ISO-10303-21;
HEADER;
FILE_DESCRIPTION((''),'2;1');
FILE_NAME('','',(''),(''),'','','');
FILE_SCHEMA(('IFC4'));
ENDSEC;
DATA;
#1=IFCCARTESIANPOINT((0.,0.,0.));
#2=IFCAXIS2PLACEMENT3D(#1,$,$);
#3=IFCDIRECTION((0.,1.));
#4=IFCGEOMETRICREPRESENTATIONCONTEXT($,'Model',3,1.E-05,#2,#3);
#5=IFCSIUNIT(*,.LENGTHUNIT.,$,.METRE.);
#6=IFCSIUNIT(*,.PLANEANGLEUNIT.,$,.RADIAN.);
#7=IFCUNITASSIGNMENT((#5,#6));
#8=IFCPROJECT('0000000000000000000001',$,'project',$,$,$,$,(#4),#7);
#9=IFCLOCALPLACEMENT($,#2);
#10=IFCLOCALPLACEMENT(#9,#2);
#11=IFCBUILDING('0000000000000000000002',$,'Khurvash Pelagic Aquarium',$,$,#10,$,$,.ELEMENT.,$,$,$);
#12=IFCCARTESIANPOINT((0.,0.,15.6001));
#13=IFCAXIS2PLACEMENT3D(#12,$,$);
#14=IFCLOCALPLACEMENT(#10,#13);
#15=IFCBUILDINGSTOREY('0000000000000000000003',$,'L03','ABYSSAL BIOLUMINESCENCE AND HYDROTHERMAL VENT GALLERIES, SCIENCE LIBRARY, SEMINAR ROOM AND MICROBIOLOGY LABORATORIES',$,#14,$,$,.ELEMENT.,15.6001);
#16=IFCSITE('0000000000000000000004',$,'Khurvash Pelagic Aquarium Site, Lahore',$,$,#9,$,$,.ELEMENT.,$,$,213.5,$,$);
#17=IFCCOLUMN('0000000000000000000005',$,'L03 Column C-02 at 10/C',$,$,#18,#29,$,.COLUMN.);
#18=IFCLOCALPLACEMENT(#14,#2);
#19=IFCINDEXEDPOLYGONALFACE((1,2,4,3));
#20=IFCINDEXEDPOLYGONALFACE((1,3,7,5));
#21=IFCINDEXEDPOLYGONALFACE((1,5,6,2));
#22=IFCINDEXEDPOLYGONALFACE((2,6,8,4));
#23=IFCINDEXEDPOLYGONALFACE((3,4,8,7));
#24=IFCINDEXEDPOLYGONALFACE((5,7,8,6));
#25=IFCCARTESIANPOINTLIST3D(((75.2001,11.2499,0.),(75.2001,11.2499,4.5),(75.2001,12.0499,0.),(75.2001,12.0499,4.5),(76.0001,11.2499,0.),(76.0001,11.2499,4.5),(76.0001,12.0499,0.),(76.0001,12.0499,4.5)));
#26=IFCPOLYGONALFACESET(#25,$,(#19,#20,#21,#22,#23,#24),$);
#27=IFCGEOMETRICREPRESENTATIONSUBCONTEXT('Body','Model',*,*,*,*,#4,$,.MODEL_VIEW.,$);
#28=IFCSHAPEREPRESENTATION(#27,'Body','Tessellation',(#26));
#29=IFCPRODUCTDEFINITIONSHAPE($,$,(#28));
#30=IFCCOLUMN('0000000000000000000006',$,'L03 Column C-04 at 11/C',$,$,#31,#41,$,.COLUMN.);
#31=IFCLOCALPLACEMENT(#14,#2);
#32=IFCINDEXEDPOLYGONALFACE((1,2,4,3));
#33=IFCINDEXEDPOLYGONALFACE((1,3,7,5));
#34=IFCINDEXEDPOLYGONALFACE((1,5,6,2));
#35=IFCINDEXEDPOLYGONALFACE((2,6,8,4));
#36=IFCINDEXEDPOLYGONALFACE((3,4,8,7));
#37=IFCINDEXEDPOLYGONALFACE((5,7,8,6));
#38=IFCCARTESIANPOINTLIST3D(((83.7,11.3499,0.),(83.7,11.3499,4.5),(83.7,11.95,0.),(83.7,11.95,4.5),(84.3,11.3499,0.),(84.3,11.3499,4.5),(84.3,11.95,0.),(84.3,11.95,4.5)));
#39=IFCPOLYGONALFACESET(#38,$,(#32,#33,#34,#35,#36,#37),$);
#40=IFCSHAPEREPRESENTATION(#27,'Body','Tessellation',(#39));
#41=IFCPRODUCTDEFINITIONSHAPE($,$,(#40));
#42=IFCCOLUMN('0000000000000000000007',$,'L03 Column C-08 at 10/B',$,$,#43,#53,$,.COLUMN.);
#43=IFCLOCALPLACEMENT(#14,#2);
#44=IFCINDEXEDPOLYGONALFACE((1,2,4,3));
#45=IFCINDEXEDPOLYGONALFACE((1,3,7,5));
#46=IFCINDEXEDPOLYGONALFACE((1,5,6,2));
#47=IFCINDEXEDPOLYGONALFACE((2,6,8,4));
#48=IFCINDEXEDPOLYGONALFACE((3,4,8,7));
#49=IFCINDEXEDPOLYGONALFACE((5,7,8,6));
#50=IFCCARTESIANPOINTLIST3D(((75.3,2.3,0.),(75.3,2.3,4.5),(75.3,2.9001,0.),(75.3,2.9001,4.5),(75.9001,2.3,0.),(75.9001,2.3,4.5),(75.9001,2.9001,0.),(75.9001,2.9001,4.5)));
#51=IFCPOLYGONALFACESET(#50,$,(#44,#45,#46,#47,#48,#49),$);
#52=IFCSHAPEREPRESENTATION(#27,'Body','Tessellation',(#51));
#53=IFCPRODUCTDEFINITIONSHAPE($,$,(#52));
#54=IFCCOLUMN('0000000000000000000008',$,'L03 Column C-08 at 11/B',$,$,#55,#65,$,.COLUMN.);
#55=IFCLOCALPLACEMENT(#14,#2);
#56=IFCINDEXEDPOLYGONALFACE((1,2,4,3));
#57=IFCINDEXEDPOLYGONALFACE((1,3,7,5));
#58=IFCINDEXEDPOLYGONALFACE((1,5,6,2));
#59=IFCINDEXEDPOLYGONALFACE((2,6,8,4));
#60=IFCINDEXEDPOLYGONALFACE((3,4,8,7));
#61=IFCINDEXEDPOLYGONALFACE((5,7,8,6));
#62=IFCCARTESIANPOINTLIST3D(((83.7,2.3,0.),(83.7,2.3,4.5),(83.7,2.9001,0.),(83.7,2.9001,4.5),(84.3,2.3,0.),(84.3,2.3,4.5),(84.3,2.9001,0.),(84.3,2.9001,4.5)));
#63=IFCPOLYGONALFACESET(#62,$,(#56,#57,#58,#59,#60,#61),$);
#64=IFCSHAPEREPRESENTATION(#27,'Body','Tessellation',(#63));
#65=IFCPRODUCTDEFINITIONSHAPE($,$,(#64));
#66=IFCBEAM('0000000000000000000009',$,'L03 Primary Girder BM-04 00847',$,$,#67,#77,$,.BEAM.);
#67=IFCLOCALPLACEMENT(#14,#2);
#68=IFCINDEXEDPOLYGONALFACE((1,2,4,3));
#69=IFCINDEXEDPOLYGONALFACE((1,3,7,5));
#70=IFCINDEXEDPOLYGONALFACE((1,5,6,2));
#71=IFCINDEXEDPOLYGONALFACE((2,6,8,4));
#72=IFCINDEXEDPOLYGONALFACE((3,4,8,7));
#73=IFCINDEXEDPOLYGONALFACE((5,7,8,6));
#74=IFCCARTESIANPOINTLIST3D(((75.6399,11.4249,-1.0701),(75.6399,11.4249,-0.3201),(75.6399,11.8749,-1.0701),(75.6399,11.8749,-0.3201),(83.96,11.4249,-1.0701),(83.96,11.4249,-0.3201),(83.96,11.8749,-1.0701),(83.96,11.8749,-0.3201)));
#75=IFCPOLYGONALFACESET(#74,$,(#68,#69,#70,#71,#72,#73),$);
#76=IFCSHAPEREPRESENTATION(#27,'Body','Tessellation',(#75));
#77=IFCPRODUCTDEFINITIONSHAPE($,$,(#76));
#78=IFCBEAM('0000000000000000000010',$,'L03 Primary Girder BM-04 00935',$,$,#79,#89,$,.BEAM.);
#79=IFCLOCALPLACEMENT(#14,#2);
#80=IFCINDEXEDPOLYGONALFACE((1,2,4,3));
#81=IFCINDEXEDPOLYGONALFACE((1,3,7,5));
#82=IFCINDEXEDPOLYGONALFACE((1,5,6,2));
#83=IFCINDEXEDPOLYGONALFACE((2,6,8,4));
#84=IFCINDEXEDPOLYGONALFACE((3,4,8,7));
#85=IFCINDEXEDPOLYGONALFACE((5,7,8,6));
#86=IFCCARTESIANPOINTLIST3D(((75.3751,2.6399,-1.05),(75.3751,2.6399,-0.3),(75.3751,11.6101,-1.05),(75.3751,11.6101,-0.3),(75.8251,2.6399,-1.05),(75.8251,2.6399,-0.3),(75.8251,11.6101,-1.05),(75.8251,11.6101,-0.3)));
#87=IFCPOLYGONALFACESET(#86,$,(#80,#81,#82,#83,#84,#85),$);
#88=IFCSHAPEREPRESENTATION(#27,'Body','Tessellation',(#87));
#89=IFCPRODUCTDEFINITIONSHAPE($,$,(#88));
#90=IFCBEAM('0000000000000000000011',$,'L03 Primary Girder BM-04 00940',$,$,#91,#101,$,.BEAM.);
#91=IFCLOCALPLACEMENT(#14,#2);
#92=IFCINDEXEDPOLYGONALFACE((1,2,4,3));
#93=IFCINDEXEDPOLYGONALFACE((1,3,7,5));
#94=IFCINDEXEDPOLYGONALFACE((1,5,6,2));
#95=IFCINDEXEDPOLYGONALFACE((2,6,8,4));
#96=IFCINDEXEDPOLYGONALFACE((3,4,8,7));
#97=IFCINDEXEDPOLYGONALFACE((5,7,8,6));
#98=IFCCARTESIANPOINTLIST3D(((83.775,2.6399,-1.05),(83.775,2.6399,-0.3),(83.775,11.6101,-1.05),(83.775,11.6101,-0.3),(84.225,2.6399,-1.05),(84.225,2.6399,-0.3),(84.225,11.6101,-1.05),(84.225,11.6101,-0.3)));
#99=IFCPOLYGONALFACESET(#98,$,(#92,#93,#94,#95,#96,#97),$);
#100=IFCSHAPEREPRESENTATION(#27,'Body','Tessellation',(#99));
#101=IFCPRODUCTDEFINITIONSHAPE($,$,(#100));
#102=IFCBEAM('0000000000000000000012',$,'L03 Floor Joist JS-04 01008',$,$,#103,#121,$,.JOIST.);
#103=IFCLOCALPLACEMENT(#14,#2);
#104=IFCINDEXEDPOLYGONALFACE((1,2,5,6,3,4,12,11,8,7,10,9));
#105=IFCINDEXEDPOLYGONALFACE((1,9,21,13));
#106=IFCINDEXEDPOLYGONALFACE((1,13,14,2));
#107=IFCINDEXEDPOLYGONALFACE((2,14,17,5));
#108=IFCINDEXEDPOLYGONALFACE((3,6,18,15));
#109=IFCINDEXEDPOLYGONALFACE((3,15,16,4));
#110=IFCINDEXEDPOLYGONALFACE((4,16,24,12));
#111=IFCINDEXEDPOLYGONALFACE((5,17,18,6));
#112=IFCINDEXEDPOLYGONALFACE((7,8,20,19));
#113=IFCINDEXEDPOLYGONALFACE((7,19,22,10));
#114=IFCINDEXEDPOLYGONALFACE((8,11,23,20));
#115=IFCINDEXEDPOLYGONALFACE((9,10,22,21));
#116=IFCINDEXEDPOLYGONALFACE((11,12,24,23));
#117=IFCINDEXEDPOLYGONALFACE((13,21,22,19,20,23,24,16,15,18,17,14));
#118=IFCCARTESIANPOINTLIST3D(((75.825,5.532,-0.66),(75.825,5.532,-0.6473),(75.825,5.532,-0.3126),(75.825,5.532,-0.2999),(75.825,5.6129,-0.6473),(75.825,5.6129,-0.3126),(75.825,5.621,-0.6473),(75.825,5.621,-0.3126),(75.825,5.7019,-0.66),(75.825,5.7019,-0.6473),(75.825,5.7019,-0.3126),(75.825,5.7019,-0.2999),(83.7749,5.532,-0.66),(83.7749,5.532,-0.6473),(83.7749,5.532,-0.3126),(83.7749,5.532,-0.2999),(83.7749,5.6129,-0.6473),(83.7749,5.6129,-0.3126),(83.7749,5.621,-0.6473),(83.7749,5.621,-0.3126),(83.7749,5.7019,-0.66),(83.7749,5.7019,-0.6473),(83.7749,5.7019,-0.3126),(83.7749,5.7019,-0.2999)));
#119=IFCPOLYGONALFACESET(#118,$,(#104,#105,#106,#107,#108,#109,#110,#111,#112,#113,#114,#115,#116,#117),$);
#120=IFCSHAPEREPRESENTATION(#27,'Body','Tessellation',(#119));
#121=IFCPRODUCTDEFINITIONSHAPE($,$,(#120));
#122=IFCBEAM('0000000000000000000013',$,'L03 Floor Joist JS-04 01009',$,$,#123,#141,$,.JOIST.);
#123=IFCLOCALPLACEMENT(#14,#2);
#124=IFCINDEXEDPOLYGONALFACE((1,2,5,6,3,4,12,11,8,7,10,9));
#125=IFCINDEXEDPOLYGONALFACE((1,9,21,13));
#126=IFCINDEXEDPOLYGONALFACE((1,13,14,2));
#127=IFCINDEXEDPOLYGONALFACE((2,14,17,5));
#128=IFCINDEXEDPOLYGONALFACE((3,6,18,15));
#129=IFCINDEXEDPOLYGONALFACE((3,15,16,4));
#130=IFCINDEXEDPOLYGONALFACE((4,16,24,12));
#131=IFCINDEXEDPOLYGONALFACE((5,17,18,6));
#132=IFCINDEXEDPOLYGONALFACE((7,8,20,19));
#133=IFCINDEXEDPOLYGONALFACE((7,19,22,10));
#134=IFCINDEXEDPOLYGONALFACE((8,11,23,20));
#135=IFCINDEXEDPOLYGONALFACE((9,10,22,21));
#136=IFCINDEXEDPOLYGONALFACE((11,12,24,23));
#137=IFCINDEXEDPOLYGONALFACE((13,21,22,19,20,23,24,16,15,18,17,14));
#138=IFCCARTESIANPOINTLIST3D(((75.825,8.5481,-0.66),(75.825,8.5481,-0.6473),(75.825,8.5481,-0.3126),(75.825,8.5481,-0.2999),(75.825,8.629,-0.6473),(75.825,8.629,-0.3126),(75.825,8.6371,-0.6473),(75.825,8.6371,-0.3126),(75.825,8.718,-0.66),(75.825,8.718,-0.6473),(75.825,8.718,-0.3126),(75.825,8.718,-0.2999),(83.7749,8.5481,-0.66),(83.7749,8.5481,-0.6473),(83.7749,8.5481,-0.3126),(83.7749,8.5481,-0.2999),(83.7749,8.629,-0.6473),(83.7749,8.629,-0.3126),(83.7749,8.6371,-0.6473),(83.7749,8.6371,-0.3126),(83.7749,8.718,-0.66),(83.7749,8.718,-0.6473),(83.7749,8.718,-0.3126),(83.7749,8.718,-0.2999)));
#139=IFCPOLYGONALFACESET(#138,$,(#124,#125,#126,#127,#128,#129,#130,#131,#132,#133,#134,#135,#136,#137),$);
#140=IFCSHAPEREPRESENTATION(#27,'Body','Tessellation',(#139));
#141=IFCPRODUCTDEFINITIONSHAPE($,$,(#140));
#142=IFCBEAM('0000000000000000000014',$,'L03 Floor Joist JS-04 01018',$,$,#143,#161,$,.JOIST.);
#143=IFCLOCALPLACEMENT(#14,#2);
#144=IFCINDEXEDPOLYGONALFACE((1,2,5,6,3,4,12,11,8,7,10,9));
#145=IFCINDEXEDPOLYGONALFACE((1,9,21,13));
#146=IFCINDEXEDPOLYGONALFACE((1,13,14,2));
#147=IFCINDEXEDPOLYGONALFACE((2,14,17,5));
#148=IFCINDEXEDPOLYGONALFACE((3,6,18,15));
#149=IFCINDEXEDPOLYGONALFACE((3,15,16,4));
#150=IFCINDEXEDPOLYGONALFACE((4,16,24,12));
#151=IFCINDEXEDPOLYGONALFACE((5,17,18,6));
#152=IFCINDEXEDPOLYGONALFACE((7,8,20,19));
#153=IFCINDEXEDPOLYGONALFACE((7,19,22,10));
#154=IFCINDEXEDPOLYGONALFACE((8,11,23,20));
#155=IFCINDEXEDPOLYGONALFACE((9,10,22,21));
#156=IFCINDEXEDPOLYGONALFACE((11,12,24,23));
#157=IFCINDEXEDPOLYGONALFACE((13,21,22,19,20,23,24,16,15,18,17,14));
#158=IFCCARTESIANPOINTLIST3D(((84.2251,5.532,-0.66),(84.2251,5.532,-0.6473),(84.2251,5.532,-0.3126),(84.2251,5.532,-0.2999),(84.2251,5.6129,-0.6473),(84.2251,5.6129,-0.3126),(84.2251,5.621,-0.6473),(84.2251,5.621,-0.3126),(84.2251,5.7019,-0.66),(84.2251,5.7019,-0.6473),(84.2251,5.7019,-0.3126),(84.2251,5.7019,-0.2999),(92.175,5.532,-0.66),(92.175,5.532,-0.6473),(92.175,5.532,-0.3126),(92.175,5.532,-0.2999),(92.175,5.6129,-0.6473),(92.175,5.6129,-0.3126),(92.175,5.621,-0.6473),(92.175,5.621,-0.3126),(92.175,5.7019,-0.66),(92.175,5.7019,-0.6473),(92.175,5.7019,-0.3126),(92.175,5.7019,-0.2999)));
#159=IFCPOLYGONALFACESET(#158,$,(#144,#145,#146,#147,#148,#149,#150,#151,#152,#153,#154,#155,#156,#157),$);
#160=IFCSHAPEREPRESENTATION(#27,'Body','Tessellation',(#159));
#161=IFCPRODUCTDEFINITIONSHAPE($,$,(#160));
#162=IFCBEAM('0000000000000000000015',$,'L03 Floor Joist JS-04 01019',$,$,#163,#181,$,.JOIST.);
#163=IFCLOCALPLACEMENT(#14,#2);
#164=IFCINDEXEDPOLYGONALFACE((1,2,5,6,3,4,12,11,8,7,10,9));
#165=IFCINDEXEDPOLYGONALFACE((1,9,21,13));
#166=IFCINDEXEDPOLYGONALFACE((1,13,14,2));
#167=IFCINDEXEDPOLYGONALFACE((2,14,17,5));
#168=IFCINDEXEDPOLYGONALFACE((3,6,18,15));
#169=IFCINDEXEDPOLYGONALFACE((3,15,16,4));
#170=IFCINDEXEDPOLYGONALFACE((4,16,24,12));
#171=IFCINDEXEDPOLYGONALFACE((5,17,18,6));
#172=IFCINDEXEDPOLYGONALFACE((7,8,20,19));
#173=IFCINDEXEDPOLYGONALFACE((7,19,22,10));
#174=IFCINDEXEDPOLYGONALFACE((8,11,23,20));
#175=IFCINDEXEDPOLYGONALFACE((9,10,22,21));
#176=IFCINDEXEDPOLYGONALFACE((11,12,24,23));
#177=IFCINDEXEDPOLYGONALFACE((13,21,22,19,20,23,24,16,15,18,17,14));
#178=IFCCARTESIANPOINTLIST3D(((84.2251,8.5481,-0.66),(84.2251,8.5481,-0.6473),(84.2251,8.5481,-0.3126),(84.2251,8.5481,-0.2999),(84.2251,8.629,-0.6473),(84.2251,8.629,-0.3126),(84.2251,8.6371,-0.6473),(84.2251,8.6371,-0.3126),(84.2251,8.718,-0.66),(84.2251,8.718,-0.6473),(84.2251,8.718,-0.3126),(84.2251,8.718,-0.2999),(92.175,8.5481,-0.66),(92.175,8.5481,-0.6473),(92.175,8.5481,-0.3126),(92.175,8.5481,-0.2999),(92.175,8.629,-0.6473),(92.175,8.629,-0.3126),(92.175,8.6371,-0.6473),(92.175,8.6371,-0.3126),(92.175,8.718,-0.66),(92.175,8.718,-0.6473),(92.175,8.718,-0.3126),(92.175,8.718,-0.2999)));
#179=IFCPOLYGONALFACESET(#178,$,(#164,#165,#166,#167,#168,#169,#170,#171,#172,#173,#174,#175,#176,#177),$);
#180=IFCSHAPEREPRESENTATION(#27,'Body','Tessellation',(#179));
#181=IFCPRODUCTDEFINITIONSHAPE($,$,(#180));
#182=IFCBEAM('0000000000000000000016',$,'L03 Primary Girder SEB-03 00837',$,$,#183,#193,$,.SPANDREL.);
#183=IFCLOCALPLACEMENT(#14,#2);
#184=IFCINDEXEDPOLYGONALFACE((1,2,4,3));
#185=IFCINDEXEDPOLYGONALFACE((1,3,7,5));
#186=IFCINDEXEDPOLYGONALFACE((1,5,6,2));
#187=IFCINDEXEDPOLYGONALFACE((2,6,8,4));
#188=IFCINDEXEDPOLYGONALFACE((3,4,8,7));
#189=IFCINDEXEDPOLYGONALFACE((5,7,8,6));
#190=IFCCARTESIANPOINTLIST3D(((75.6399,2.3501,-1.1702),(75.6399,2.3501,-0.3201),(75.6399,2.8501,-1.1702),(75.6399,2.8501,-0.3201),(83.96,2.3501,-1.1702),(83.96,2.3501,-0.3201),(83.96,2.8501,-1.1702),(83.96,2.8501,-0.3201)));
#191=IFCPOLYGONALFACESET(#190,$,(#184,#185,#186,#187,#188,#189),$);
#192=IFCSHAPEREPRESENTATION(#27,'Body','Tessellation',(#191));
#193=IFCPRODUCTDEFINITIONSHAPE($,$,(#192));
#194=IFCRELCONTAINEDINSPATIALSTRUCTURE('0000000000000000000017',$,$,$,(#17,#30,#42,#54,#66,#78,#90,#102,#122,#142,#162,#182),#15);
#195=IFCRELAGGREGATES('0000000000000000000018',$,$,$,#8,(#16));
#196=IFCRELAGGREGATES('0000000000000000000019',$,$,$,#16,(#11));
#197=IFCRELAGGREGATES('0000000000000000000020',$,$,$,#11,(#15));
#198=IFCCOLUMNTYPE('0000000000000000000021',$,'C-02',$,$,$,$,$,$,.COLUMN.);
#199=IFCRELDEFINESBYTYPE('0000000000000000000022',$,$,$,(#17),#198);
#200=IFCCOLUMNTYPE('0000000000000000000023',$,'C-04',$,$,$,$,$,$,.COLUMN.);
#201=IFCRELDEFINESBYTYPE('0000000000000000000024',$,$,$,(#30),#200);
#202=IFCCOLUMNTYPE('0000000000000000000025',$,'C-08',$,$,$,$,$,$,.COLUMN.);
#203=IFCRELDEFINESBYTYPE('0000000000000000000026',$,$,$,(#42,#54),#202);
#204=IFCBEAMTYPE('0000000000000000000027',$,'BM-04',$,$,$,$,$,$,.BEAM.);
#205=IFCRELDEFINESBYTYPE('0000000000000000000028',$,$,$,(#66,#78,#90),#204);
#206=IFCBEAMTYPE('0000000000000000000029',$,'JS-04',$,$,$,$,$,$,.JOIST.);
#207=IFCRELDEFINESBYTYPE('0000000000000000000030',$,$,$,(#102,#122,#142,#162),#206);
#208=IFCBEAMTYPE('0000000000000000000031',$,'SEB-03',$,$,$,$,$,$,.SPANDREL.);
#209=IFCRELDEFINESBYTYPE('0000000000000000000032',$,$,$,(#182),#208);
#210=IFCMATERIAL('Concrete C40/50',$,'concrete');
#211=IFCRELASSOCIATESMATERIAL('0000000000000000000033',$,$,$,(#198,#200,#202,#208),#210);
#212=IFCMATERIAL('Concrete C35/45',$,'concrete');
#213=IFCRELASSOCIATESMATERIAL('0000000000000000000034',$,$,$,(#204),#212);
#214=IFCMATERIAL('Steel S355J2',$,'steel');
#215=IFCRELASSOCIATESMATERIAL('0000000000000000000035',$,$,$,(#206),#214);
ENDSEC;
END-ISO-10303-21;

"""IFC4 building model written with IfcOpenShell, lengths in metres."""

from ifc_helpers import new_model, si_unit, direction, frame, origin, origin_2d, place, context, subcontext, project, spatial, rectangle, i_section, extrude, material, material_profile, profile_set, type_object, element, save


model = new_model("IFC4")

# Units and contexts
model_context = context("Model", 3, precision=1e-05, world=origin(), true_north=direction((0.0, 1.0)))
body_context = subcontext(model_context, "Body", "Model", "MODEL_VIEW")
ifc_project = project(units=[si_unit("LENGTHUNIT", "METRE"), si_unit("PLANEANGLEUNIT", "RADIAN")], contexts=[model_context])

# Site, building, storey
site_placement = place(None, origin())
site = spatial("IfcSite", under=ifc_project, at=site_placement, Name="Khurvash Pelagic Aquarium Site, Lahore", CompositionType="ELEMENT", RefElevation=213.5)
building_placement = place(site_placement, origin())
building = spatial("IfcBuilding", under=site, at=building_placement, Name="Khurvash Pelagic Aquarium", CompositionType="ELEMENT")
storey_placement = place(building_placement, frame((0.0, 0.0, 15.6001)))
storey = spatial("IfcBuildingStorey", under=building, at=storey_placement, Name="L03", Description="ABYSSAL BIOLUMINESCENCE AND HYDROTHERMAL VENT GALLERIES, SCIENCE LIBRARY, SEMINAR ROOM AND MICROBIOLOGY LABORATORIES", CompositionType="ELEMENT", Elevation=15.6001)

# Columns
ifc_material_1 = material(Name="Concrete C40/50", Category="concrete")
ifc_material_profile_1 = material_profile(ifc_material_1, rectangle(XDim=0.8, YDim=0.8, at=origin_2d()), Name="RC800X800")
ifc_profile_set_1 = profile_set([ifc_material_profile_1], Name="Concrete C40/50")
column_type_1 = type_object("IfcColumnType", Name="C-02", PredefinedType="COLUMN", material=ifc_profile_set_1)
column_1_placement = place(storey_placement, frame((75.6001, 11.6499, 0.0), z_axis=(0.0, 0.0, 1.0), x_axis=(1.0, 0.0, 0.0)))
element("IfcColumn", 1, at=column_1_placement, inside=storey, type_object=column_type_1, Name="L03 Column C-02 at 10/C", PredefinedType="COLUMN", context=body_context, shape_type="SweptSolid", body=[
    extrude(rectangle(XDim=0.8, YDim=0.8, at=origin_2d()), origin(), (0.0, 0.0, 1.0), 4.5),
])
ifc_material_profile_2 = material_profile(ifc_material_1, rectangle(XDim=0.6001, YDim=0.6001, at=origin_2d()), Name="RC600X600")
ifc_profile_set_2 = profile_set([ifc_material_profile_2], Name="Concrete C40/50")
column_type_2 = type_object("IfcColumnType", Name="C-04", PredefinedType="COLUMN", material=ifc_profile_set_2)
column_2_placement = place(storey_placement, frame((84.0, 11.6499, 0.0), z_axis=(0.0, 0.0, 1.0), x_axis=(1.0, 0.0, 0.0)))
element("IfcColumn", 2, at=column_2_placement, inside=storey, type_object=column_type_2, Name="L03 Column C-04 at 11/C", PredefinedType="COLUMN", context=body_context, shape_type="SweptSolid", body=[
    extrude(rectangle(XDim=0.6001, YDim=0.6001, at=origin_2d()), origin(), (0.0, 0.0, 1.0), 4.5),
])
ifc_material_profile_3 = material_profile(ifc_material_1, rectangle(XDim=0.6001, YDim=0.6001, at=origin_2d()), Name="RC600X600")
ifc_profile_set_3 = profile_set([ifc_material_profile_3], Name="Concrete C40/50")
column_type_3 = type_object("IfcColumnType", Name="C-08", PredefinedType="COLUMN", material=ifc_profile_set_3)
for number, where, z_axis, x_axis, name in (
    (3, (75.6001, 2.6001, 0.0), (0.0, 0.0, 1.0), (1.0, 0.0, 0.0), "L03 Column C-08 at 10/B"),
    (4, (84.0, 2.6001, 0.0), (0.0, 0.0, 1.0), (1.0, 0.0, 0.0), "L03 Column C-08 at 11/B"),
):
    element("IfcColumn", number, at=place(storey_placement, frame(where, z_axis=z_axis, x_axis=x_axis)), inside=storey, type_object=column_type_3, Name=name, PredefinedType="COLUMN", context=body_context, shape_type="SweptSolid", body=[
        extrude(rectangle(XDim=0.6001, YDim=0.6001, at=origin_2d()), origin(), (0.0, 0.0, 1.0), 4.5),
    ])

# Beams
ifc_material_2 = material(Name="Concrete C35/45", Category="concrete")
ifc_material_profile_4 = material_profile(ifc_material_2, rectangle(XDim=0.45, YDim=0.75, at=origin_2d()), Name="RC450X750")
ifc_profile_set_4 = profile_set([ifc_material_profile_4], Name="Concrete C35/45")
beam_type_1 = type_object("IfcBeamType", Name="BM-04", PredefinedType="BEAM", material=ifc_profile_set_4)
beam_placement = place(storey_placement, frame((75.6399, 11.6499, -0.6951), z_axis=(1.0, 0.0, 0.0), x_axis=(0.0, 1.0, 0.0)))
element("IfcBeam", 5, at=beam_placement, inside=storey, type_object=beam_type_1, Name="L03 Primary Girder BM-04 00847", PredefinedType="BEAM", context=body_context, shape_type="SweptSolid", body=[
    extrude(rectangle(XDim=0.45, YDim=0.75, at=origin_2d()), origin(), (0.0, 0.0, 1.0), 8.3201),
])
for number, where, z_axis, x_axis, name in (
    (6, (75.6001, 2.6399, -0.675), (0.0, 1.0, 0.0), (-1.0, 0.0, 0.0), "L03 Primary Girder BM-04 00935"),
    (7, (84.0, 2.6399, -0.675), (0.0, 1.0, 0.0), (-1.0, 0.0, 0.0), "L03 Primary Girder BM-04 00940"),
):
    element("IfcBeam", number, at=place(storey_placement, frame(where, z_axis=z_axis, x_axis=x_axis)), inside=storey, type_object=beam_type_1, Name=name, PredefinedType="BEAM", context=body_context, shape_type="SweptSolid", body=[
        extrude(rectangle(XDim=0.45, YDim=0.75, at=origin_2d()), origin(), (0.0, 0.0, 1.0), 8.9702),
    ])
ifc_material_3 = material(Name="Steel S355J2", Category="steel")
ifc_material_profile_5 = material_profile(ifc_material_3, i_section(OverallWidth=0.1699, OverallDepth=0.3601, WebThickness=0.0081, FlangeThickness=0.0127, at=origin_2d()), Name="IPE360")
ifc_profile_set_5 = profile_set([ifc_material_profile_5], Name="Steel S355J2")
beam_type_2 = type_object("IfcBeamType", Name="JS-04", PredefinedType="JOIST", material=ifc_profile_set_5)
for number, where, z_axis, x_axis, name in (
    (8, (75.825, 5.6169, -0.48), (1.0, 0.0, 0.0), (0.0, 1.0, 0.0), "L03 Floor Joist JS-04 01008"),
    (9, (75.825, 8.6331, -0.48), (1.0, 0.0, 0.0), (0.0, 1.0, 0.0), "L03 Floor Joist JS-04 01009"),
    (10, (84.2251, 5.6169, -0.48), (1.0, 0.0, 0.0), (0.0, 1.0, 0.0), "L03 Floor Joist JS-04 01018"),
    (11, (84.2251, 8.6331, -0.48), (1.0, 0.0, 0.0), (0.0, 1.0, 0.0), "L03 Floor Joist JS-04 01019"),
):
    element("IfcBeam", number, at=place(storey_placement, frame(where, z_axis=z_axis, x_axis=x_axis)), inside=storey, type_object=beam_type_2, Name=name, PredefinedType="JOIST", context=body_context, shape_type="SweptSolid", body=[
        extrude(i_section(OverallWidth=0.1699, OverallDepth=0.3601, WebThickness=0.0081, FlangeThickness=0.0127, at=origin_2d()), origin(), (0.0, 0.0, 1.0), 7.95),
    ])
ifc_material_profile_6 = material_profile(ifc_material_1, rectangle(XDim=0.5, YDim=0.8501, at=origin_2d()), Name="RC500X850")
ifc_profile_set_6 = profile_set([ifc_material_profile_6], Name="Concrete C40/50")
beam_type_3 = type_object("IfcBeamType", Name="SEB-03", PredefinedType="SPANDREL", material=ifc_profile_set_6)
for number, where, z_axis, x_axis, name in (
    (12, (75.6399, 2.6001, -0.7451), (1.0, 0.0, 0.0), (0.0, 1.0, 0.0), "L03 Primary Girder SEB-03 00837"),
):
    element("IfcBeam", number, at=place(storey_placement, frame(where, z_axis=z_axis, x_axis=x_axis)), inside=storey, type_object=beam_type_3, Name=name, PredefinedType="SPANDREL", context=body_context, shape_type="SweptSolid", body=[
        extrude(rectangle(XDim=0.5, YDim=0.8501, at=origin_2d()), origin(), (0.0, 0.0, 1.0), 8.3201),
    ])

save(model, "model.ifc")
